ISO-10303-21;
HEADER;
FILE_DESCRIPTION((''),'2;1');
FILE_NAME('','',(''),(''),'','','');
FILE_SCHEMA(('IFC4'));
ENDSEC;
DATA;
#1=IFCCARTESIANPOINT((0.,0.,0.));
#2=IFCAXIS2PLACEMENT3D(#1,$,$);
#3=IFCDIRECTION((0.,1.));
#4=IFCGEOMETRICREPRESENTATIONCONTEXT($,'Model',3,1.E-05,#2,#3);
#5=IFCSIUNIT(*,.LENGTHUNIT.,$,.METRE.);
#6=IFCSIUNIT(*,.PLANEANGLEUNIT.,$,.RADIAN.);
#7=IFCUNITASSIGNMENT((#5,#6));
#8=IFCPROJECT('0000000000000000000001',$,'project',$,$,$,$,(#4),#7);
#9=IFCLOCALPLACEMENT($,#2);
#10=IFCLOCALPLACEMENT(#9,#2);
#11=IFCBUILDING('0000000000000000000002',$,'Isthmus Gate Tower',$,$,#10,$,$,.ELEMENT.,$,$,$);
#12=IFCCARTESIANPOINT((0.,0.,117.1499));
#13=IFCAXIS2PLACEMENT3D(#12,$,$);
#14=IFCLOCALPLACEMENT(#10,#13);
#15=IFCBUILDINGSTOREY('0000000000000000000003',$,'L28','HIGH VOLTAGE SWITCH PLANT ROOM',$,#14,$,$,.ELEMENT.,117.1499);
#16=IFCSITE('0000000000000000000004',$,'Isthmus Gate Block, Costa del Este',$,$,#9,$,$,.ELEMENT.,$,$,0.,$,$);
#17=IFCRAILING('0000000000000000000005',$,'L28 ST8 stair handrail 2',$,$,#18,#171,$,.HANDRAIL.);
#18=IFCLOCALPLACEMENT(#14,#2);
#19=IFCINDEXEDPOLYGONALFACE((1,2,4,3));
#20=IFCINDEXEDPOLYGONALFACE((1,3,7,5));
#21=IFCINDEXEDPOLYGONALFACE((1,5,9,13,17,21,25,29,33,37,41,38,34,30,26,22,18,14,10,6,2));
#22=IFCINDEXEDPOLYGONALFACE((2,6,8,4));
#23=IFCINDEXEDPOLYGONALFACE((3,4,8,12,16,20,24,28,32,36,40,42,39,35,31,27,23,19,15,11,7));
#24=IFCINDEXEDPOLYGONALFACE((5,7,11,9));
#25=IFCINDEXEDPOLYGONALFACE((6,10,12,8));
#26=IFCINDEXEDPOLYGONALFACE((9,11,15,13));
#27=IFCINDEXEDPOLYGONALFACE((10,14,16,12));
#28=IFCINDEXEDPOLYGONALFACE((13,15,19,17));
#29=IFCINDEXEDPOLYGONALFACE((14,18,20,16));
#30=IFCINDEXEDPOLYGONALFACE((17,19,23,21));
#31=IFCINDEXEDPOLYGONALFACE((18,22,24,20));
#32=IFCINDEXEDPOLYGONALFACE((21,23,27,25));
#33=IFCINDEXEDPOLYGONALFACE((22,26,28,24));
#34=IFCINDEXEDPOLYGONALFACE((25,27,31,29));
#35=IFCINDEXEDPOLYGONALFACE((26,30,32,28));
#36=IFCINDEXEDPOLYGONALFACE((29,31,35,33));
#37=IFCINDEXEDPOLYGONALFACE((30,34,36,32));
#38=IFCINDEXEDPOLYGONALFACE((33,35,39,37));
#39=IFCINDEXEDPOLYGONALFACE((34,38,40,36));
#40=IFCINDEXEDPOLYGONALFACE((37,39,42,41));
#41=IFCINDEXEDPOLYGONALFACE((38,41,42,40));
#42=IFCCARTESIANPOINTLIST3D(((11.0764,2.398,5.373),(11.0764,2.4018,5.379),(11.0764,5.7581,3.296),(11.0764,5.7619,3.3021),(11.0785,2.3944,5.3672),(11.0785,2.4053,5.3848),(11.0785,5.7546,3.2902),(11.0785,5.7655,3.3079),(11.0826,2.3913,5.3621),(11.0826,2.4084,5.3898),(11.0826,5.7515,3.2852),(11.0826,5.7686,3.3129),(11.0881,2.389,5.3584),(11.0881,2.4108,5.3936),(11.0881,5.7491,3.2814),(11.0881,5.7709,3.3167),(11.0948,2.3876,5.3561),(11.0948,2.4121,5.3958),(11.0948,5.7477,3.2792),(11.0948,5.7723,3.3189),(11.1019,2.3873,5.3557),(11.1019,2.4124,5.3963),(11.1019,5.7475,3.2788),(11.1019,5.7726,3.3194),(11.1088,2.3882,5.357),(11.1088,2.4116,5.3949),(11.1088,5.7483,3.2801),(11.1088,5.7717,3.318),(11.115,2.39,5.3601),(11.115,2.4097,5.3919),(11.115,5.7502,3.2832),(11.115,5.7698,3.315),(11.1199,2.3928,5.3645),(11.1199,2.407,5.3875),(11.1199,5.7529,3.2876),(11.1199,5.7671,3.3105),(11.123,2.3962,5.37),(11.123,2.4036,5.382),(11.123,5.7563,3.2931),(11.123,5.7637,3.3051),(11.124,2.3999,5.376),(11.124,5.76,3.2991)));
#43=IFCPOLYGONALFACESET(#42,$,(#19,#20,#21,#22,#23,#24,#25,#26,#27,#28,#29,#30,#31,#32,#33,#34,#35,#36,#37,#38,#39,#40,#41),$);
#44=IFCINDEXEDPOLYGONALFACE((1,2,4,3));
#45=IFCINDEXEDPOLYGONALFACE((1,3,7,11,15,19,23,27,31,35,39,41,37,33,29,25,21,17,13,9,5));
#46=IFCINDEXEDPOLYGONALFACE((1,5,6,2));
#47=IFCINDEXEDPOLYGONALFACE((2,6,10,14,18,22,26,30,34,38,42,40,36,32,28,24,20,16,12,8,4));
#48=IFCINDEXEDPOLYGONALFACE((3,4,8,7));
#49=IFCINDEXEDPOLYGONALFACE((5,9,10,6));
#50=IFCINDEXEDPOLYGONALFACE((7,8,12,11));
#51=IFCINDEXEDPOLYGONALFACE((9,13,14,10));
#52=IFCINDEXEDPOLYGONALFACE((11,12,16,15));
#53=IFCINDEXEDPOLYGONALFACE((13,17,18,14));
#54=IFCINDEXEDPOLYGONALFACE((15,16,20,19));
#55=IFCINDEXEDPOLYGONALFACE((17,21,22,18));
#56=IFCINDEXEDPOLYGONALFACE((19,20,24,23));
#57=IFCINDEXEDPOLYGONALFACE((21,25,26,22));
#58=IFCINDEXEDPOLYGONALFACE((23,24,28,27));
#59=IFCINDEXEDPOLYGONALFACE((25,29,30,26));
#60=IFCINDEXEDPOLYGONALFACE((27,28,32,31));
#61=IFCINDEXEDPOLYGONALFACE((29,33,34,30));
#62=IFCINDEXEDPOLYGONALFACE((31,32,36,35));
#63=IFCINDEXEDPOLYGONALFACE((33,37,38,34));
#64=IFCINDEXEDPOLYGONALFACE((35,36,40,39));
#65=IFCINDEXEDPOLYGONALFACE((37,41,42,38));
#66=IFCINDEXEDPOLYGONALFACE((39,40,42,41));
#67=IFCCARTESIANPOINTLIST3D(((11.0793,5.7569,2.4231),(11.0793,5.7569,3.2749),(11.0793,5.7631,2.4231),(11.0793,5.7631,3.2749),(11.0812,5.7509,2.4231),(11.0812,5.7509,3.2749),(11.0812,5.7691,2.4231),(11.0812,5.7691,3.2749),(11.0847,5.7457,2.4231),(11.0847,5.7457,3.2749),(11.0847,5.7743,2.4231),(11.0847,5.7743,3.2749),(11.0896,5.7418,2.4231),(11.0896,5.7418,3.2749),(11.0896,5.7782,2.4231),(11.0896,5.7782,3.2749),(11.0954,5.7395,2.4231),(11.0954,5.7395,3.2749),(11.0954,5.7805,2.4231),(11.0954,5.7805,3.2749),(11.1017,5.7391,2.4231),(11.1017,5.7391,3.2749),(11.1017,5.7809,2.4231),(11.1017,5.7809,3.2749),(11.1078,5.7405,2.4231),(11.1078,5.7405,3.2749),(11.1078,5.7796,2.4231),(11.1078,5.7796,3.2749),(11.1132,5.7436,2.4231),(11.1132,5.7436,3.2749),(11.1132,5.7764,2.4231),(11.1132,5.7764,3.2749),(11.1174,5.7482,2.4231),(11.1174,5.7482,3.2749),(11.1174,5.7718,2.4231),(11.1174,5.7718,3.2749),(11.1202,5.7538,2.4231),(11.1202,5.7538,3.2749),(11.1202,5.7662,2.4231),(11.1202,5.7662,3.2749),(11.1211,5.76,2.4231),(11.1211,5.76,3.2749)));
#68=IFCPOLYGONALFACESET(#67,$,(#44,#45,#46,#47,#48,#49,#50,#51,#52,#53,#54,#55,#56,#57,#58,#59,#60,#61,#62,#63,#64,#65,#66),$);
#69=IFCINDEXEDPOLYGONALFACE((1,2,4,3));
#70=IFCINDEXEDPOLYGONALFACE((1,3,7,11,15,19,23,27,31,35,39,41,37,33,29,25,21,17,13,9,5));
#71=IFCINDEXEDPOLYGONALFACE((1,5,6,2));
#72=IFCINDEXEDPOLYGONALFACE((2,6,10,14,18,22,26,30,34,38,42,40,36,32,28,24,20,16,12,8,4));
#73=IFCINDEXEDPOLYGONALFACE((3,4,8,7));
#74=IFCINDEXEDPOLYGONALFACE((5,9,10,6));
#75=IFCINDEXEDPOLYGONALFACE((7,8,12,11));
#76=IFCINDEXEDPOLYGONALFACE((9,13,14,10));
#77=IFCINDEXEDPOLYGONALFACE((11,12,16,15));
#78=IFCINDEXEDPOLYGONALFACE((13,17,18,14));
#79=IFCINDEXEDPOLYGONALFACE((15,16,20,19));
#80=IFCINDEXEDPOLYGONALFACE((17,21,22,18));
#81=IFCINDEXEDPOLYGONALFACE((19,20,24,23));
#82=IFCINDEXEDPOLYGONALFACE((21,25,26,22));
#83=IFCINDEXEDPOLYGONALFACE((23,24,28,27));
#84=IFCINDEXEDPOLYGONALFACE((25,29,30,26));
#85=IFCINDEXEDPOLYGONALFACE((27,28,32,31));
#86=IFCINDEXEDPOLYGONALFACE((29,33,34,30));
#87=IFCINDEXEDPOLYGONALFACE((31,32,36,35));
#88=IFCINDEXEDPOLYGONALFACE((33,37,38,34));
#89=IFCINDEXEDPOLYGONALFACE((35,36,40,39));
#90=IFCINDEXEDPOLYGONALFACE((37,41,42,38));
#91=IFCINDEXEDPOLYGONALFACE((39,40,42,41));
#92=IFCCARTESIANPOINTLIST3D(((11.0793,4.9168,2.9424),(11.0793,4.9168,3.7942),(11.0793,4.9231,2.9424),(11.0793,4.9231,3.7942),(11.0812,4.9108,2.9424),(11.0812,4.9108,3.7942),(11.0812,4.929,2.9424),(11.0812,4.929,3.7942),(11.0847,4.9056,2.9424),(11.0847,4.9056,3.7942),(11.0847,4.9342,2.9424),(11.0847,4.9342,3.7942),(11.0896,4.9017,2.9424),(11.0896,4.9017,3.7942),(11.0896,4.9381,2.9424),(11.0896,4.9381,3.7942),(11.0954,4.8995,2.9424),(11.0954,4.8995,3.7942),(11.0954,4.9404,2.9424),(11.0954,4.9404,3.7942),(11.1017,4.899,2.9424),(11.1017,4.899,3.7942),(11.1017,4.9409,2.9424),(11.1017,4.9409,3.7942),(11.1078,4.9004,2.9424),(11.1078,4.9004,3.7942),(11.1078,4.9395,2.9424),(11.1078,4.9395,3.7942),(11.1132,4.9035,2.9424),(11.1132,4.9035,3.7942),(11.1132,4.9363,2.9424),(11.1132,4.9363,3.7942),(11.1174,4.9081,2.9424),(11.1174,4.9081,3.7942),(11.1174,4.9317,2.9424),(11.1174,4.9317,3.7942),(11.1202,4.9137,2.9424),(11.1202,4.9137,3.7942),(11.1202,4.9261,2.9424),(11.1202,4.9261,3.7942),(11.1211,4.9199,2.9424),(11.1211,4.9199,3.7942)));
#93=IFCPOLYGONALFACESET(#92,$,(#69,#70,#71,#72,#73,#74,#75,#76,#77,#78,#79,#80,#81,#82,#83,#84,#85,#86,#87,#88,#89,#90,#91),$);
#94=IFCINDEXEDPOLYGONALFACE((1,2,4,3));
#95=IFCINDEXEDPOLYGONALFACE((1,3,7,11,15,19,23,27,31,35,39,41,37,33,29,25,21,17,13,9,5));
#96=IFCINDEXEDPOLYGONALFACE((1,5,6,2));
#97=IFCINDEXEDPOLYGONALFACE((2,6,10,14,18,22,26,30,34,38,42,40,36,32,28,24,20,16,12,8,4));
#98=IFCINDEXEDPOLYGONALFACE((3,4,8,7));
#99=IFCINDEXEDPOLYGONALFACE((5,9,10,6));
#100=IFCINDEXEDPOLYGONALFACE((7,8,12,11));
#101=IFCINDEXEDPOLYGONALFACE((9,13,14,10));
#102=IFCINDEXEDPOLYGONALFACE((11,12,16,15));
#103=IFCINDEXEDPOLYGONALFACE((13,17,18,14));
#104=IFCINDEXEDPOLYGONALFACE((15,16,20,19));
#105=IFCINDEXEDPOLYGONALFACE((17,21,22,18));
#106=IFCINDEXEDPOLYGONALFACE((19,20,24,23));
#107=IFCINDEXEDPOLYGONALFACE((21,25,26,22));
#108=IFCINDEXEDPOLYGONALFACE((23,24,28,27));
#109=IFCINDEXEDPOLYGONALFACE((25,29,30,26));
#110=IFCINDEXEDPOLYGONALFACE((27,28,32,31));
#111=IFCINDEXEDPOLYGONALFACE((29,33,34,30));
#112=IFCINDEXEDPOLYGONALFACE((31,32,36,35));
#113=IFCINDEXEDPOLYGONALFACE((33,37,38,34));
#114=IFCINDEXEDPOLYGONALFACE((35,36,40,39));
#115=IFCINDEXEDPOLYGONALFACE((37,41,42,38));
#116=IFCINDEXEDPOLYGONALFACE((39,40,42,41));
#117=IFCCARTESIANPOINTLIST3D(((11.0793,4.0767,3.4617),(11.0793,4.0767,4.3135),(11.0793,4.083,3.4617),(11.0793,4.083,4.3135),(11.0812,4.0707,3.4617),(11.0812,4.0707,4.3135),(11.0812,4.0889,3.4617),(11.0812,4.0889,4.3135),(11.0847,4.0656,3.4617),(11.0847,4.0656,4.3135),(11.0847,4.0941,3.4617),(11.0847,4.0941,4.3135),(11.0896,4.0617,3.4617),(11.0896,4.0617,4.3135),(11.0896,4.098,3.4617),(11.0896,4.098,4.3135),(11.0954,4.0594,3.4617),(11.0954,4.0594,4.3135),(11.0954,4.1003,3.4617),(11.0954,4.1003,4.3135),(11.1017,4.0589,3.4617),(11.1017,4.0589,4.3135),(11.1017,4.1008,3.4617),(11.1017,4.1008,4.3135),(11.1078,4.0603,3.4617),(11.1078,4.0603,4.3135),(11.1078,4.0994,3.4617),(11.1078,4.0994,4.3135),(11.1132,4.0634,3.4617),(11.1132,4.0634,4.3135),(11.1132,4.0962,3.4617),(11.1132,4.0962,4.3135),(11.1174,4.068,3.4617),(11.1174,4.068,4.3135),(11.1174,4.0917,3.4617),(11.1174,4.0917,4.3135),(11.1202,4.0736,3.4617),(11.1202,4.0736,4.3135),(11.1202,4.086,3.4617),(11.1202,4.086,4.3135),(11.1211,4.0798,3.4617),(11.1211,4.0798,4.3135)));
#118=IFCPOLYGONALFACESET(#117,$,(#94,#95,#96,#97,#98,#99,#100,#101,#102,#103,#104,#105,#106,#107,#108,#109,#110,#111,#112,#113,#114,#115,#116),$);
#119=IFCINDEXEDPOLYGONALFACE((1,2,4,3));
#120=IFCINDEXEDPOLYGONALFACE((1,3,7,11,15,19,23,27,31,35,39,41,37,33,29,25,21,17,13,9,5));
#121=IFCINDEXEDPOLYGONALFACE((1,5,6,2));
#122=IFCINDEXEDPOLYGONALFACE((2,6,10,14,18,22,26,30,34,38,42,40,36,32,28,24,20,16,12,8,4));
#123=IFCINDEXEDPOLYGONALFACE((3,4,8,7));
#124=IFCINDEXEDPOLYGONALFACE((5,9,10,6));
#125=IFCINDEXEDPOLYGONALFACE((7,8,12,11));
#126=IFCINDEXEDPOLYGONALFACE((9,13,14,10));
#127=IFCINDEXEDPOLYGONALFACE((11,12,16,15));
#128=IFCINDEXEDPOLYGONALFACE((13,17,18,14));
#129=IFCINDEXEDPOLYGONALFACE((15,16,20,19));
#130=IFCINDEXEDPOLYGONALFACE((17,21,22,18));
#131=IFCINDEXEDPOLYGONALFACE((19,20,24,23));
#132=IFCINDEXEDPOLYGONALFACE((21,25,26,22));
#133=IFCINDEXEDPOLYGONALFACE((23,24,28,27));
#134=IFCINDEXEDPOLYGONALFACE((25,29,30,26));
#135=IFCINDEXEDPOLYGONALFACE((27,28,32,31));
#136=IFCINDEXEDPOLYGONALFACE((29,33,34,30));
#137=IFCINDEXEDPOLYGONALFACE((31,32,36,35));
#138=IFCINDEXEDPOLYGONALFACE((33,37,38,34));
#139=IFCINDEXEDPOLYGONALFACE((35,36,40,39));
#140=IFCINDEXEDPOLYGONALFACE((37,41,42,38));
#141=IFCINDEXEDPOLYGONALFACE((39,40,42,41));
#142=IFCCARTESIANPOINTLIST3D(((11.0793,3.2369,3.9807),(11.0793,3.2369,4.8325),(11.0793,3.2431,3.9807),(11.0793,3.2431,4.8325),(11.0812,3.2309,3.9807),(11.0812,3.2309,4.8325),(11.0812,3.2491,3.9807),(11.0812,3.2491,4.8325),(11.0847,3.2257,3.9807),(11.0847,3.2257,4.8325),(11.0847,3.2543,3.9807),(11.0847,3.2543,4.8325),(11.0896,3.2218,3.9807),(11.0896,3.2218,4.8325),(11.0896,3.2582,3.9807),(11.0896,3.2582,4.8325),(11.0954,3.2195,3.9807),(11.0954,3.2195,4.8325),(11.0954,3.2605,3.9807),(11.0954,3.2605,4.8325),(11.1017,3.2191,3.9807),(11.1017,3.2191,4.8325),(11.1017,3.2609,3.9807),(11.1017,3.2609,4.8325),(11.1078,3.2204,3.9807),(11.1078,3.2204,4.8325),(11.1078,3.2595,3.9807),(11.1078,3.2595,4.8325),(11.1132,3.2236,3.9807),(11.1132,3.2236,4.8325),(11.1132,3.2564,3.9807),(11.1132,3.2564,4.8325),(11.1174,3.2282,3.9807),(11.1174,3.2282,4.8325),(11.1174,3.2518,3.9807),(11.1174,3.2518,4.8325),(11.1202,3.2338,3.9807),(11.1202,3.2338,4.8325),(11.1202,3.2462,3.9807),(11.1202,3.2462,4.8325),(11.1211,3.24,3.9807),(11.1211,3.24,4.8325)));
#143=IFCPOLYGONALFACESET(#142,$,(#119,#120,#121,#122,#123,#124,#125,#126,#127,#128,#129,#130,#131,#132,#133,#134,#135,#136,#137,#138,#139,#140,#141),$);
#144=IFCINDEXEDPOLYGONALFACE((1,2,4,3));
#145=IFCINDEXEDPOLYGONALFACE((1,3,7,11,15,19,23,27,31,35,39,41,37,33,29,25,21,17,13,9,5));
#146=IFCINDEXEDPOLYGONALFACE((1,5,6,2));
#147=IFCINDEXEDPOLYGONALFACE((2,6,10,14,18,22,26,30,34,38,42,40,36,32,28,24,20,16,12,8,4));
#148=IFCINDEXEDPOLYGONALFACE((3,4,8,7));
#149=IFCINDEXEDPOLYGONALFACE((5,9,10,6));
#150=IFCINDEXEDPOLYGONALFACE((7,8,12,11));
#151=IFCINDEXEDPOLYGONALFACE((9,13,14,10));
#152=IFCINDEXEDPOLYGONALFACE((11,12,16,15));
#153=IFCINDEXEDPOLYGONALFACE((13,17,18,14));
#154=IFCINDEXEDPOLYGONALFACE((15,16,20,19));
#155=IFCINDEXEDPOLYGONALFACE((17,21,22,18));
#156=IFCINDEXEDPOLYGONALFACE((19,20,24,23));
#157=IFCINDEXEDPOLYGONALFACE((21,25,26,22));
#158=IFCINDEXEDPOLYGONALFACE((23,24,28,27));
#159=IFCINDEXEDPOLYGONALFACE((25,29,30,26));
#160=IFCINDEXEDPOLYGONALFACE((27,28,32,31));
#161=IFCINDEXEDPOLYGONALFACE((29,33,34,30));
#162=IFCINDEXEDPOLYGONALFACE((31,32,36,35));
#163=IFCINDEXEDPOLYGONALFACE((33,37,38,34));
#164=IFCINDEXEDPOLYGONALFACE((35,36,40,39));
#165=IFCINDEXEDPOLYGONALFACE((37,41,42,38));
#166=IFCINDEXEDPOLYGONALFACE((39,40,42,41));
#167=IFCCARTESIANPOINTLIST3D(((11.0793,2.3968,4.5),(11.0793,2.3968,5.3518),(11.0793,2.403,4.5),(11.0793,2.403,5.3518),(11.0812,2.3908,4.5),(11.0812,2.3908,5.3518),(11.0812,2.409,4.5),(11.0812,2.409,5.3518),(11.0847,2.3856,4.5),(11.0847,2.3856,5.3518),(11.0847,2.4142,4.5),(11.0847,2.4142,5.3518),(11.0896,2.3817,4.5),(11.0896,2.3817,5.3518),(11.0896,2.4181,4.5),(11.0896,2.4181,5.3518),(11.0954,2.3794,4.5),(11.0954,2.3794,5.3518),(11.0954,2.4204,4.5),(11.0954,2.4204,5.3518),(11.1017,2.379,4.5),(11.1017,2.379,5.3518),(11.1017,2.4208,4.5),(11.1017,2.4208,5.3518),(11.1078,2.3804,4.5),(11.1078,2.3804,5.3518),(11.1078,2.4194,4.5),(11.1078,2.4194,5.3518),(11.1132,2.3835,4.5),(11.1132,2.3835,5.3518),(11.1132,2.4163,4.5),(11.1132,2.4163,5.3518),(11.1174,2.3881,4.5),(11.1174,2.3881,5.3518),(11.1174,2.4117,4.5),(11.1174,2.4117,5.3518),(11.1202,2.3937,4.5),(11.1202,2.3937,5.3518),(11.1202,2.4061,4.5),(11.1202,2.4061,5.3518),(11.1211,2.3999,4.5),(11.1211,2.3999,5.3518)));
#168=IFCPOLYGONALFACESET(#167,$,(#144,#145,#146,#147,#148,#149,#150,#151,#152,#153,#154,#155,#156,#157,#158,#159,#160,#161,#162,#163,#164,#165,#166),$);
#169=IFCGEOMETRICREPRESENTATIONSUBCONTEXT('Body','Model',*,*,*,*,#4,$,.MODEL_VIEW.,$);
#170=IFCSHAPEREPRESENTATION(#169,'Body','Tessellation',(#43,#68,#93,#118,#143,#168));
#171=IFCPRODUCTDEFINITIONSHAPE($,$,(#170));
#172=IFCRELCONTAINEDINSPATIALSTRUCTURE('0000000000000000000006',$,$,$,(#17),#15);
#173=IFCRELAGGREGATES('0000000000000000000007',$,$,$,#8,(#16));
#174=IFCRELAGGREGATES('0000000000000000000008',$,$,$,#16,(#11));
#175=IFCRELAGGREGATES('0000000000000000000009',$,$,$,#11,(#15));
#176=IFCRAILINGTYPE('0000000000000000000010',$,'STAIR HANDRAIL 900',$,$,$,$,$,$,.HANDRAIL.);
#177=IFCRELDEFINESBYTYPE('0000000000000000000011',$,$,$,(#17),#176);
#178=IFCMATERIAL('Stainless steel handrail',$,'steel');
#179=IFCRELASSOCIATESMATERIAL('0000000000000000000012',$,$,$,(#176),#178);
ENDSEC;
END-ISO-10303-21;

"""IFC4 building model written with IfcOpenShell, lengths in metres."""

from ifc_helpers import new_model, si_unit, direction, frame, origin, origin_2d, place, context, subcontext, project, spatial, circle, extrude, material, type_object, element, save


model = new_model("IFC4")

# Units and contexts
model_context = context("Model", 3, precision=1e-05, world=origin(), true_north=direction((0.0, 1.0)))
body_context = subcontext(model_context, "Body", "Model", "MODEL_VIEW")
ifc_project = project(units=[si_unit("LENGTHUNIT", "METRE"), si_unit("PLANEANGLEUNIT", "RADIAN")], contexts=[model_context])

# Site, building, storey
site_placement = place(None, origin())
site = spatial("IfcSite", under=ifc_project, at=site_placement, Name="Isthmus Gate Block, Costa del Este", CompositionType="ELEMENT", RefElevation=0.0)
building_placement = place(site_placement, origin())
building = spatial("IfcBuilding", under=site, at=building_placement, Name="Isthmus Gate Tower", CompositionType="ELEMENT")
storey_placement = place(building_placement, frame((0.0, 0.0, 117.1499)))
storey = spatial("IfcBuildingStorey", under=building, at=storey_placement, Name="L28", Description="HIGH VOLTAGE SWITCH PLANT ROOM", CompositionType="ELEMENT", Elevation=117.1499)

# Railing
ifc_material_1 = material(Name="Stainless steel handrail", Category="steel")
railing_type_1 = type_object("IfcRailingType", Name="STAIR HANDRAIL 900", PredefinedType="HANDRAIL", material=ifc_material_1)
railing_1_placement = place(storey_placement, frame((11.1001, 5.76, 2.4231)))
element("IfcRailing", 1, at=railing_1_placement, inside=storey, type_object=railing_type_1, Name="L28 ST8 stair handrail 2", PredefinedType="HANDRAIL", context=body_context, shape_type="SweptSolid", body=[
    extrude(circle(Radius=0.0239, at=origin_2d()), frame((0.0, 0.0, 0.876), z_axis=(0.0, -0.850623, 0.525776), x_axis=(1.0, 0.0, 0.0)), (0.0, 0.0, 1.0), 3.9502),
    extrude(circle(Radius=0.021, at=origin_2d()), origin(), (0.0, 0.0, 1.0), 0.8518),
    extrude(circle(Radius=0.021, at=origin_2d()), frame((0.0, -0.8401, 0.5193)), (0.0, 0.0, 1.0), 0.8518),
    extrude(circle(Radius=0.021, at=origin_2d()), frame((0.0, -1.6802, 1.0386)), (0.0, 0.0, 1.0), 0.8518),
    extrude(circle(Radius=0.021, at=origin_2d()), frame((0.0, -2.52, 1.5576)), (0.0, 0.0, 1.0), 0.8518),
    extrude(circle(Radius=0.021, at=origin_2d()), frame((0.0, -3.3601, 2.0769)), (0.0, 0.0, 1.0), 0.8518),
])

save(model, "model.ifc")
